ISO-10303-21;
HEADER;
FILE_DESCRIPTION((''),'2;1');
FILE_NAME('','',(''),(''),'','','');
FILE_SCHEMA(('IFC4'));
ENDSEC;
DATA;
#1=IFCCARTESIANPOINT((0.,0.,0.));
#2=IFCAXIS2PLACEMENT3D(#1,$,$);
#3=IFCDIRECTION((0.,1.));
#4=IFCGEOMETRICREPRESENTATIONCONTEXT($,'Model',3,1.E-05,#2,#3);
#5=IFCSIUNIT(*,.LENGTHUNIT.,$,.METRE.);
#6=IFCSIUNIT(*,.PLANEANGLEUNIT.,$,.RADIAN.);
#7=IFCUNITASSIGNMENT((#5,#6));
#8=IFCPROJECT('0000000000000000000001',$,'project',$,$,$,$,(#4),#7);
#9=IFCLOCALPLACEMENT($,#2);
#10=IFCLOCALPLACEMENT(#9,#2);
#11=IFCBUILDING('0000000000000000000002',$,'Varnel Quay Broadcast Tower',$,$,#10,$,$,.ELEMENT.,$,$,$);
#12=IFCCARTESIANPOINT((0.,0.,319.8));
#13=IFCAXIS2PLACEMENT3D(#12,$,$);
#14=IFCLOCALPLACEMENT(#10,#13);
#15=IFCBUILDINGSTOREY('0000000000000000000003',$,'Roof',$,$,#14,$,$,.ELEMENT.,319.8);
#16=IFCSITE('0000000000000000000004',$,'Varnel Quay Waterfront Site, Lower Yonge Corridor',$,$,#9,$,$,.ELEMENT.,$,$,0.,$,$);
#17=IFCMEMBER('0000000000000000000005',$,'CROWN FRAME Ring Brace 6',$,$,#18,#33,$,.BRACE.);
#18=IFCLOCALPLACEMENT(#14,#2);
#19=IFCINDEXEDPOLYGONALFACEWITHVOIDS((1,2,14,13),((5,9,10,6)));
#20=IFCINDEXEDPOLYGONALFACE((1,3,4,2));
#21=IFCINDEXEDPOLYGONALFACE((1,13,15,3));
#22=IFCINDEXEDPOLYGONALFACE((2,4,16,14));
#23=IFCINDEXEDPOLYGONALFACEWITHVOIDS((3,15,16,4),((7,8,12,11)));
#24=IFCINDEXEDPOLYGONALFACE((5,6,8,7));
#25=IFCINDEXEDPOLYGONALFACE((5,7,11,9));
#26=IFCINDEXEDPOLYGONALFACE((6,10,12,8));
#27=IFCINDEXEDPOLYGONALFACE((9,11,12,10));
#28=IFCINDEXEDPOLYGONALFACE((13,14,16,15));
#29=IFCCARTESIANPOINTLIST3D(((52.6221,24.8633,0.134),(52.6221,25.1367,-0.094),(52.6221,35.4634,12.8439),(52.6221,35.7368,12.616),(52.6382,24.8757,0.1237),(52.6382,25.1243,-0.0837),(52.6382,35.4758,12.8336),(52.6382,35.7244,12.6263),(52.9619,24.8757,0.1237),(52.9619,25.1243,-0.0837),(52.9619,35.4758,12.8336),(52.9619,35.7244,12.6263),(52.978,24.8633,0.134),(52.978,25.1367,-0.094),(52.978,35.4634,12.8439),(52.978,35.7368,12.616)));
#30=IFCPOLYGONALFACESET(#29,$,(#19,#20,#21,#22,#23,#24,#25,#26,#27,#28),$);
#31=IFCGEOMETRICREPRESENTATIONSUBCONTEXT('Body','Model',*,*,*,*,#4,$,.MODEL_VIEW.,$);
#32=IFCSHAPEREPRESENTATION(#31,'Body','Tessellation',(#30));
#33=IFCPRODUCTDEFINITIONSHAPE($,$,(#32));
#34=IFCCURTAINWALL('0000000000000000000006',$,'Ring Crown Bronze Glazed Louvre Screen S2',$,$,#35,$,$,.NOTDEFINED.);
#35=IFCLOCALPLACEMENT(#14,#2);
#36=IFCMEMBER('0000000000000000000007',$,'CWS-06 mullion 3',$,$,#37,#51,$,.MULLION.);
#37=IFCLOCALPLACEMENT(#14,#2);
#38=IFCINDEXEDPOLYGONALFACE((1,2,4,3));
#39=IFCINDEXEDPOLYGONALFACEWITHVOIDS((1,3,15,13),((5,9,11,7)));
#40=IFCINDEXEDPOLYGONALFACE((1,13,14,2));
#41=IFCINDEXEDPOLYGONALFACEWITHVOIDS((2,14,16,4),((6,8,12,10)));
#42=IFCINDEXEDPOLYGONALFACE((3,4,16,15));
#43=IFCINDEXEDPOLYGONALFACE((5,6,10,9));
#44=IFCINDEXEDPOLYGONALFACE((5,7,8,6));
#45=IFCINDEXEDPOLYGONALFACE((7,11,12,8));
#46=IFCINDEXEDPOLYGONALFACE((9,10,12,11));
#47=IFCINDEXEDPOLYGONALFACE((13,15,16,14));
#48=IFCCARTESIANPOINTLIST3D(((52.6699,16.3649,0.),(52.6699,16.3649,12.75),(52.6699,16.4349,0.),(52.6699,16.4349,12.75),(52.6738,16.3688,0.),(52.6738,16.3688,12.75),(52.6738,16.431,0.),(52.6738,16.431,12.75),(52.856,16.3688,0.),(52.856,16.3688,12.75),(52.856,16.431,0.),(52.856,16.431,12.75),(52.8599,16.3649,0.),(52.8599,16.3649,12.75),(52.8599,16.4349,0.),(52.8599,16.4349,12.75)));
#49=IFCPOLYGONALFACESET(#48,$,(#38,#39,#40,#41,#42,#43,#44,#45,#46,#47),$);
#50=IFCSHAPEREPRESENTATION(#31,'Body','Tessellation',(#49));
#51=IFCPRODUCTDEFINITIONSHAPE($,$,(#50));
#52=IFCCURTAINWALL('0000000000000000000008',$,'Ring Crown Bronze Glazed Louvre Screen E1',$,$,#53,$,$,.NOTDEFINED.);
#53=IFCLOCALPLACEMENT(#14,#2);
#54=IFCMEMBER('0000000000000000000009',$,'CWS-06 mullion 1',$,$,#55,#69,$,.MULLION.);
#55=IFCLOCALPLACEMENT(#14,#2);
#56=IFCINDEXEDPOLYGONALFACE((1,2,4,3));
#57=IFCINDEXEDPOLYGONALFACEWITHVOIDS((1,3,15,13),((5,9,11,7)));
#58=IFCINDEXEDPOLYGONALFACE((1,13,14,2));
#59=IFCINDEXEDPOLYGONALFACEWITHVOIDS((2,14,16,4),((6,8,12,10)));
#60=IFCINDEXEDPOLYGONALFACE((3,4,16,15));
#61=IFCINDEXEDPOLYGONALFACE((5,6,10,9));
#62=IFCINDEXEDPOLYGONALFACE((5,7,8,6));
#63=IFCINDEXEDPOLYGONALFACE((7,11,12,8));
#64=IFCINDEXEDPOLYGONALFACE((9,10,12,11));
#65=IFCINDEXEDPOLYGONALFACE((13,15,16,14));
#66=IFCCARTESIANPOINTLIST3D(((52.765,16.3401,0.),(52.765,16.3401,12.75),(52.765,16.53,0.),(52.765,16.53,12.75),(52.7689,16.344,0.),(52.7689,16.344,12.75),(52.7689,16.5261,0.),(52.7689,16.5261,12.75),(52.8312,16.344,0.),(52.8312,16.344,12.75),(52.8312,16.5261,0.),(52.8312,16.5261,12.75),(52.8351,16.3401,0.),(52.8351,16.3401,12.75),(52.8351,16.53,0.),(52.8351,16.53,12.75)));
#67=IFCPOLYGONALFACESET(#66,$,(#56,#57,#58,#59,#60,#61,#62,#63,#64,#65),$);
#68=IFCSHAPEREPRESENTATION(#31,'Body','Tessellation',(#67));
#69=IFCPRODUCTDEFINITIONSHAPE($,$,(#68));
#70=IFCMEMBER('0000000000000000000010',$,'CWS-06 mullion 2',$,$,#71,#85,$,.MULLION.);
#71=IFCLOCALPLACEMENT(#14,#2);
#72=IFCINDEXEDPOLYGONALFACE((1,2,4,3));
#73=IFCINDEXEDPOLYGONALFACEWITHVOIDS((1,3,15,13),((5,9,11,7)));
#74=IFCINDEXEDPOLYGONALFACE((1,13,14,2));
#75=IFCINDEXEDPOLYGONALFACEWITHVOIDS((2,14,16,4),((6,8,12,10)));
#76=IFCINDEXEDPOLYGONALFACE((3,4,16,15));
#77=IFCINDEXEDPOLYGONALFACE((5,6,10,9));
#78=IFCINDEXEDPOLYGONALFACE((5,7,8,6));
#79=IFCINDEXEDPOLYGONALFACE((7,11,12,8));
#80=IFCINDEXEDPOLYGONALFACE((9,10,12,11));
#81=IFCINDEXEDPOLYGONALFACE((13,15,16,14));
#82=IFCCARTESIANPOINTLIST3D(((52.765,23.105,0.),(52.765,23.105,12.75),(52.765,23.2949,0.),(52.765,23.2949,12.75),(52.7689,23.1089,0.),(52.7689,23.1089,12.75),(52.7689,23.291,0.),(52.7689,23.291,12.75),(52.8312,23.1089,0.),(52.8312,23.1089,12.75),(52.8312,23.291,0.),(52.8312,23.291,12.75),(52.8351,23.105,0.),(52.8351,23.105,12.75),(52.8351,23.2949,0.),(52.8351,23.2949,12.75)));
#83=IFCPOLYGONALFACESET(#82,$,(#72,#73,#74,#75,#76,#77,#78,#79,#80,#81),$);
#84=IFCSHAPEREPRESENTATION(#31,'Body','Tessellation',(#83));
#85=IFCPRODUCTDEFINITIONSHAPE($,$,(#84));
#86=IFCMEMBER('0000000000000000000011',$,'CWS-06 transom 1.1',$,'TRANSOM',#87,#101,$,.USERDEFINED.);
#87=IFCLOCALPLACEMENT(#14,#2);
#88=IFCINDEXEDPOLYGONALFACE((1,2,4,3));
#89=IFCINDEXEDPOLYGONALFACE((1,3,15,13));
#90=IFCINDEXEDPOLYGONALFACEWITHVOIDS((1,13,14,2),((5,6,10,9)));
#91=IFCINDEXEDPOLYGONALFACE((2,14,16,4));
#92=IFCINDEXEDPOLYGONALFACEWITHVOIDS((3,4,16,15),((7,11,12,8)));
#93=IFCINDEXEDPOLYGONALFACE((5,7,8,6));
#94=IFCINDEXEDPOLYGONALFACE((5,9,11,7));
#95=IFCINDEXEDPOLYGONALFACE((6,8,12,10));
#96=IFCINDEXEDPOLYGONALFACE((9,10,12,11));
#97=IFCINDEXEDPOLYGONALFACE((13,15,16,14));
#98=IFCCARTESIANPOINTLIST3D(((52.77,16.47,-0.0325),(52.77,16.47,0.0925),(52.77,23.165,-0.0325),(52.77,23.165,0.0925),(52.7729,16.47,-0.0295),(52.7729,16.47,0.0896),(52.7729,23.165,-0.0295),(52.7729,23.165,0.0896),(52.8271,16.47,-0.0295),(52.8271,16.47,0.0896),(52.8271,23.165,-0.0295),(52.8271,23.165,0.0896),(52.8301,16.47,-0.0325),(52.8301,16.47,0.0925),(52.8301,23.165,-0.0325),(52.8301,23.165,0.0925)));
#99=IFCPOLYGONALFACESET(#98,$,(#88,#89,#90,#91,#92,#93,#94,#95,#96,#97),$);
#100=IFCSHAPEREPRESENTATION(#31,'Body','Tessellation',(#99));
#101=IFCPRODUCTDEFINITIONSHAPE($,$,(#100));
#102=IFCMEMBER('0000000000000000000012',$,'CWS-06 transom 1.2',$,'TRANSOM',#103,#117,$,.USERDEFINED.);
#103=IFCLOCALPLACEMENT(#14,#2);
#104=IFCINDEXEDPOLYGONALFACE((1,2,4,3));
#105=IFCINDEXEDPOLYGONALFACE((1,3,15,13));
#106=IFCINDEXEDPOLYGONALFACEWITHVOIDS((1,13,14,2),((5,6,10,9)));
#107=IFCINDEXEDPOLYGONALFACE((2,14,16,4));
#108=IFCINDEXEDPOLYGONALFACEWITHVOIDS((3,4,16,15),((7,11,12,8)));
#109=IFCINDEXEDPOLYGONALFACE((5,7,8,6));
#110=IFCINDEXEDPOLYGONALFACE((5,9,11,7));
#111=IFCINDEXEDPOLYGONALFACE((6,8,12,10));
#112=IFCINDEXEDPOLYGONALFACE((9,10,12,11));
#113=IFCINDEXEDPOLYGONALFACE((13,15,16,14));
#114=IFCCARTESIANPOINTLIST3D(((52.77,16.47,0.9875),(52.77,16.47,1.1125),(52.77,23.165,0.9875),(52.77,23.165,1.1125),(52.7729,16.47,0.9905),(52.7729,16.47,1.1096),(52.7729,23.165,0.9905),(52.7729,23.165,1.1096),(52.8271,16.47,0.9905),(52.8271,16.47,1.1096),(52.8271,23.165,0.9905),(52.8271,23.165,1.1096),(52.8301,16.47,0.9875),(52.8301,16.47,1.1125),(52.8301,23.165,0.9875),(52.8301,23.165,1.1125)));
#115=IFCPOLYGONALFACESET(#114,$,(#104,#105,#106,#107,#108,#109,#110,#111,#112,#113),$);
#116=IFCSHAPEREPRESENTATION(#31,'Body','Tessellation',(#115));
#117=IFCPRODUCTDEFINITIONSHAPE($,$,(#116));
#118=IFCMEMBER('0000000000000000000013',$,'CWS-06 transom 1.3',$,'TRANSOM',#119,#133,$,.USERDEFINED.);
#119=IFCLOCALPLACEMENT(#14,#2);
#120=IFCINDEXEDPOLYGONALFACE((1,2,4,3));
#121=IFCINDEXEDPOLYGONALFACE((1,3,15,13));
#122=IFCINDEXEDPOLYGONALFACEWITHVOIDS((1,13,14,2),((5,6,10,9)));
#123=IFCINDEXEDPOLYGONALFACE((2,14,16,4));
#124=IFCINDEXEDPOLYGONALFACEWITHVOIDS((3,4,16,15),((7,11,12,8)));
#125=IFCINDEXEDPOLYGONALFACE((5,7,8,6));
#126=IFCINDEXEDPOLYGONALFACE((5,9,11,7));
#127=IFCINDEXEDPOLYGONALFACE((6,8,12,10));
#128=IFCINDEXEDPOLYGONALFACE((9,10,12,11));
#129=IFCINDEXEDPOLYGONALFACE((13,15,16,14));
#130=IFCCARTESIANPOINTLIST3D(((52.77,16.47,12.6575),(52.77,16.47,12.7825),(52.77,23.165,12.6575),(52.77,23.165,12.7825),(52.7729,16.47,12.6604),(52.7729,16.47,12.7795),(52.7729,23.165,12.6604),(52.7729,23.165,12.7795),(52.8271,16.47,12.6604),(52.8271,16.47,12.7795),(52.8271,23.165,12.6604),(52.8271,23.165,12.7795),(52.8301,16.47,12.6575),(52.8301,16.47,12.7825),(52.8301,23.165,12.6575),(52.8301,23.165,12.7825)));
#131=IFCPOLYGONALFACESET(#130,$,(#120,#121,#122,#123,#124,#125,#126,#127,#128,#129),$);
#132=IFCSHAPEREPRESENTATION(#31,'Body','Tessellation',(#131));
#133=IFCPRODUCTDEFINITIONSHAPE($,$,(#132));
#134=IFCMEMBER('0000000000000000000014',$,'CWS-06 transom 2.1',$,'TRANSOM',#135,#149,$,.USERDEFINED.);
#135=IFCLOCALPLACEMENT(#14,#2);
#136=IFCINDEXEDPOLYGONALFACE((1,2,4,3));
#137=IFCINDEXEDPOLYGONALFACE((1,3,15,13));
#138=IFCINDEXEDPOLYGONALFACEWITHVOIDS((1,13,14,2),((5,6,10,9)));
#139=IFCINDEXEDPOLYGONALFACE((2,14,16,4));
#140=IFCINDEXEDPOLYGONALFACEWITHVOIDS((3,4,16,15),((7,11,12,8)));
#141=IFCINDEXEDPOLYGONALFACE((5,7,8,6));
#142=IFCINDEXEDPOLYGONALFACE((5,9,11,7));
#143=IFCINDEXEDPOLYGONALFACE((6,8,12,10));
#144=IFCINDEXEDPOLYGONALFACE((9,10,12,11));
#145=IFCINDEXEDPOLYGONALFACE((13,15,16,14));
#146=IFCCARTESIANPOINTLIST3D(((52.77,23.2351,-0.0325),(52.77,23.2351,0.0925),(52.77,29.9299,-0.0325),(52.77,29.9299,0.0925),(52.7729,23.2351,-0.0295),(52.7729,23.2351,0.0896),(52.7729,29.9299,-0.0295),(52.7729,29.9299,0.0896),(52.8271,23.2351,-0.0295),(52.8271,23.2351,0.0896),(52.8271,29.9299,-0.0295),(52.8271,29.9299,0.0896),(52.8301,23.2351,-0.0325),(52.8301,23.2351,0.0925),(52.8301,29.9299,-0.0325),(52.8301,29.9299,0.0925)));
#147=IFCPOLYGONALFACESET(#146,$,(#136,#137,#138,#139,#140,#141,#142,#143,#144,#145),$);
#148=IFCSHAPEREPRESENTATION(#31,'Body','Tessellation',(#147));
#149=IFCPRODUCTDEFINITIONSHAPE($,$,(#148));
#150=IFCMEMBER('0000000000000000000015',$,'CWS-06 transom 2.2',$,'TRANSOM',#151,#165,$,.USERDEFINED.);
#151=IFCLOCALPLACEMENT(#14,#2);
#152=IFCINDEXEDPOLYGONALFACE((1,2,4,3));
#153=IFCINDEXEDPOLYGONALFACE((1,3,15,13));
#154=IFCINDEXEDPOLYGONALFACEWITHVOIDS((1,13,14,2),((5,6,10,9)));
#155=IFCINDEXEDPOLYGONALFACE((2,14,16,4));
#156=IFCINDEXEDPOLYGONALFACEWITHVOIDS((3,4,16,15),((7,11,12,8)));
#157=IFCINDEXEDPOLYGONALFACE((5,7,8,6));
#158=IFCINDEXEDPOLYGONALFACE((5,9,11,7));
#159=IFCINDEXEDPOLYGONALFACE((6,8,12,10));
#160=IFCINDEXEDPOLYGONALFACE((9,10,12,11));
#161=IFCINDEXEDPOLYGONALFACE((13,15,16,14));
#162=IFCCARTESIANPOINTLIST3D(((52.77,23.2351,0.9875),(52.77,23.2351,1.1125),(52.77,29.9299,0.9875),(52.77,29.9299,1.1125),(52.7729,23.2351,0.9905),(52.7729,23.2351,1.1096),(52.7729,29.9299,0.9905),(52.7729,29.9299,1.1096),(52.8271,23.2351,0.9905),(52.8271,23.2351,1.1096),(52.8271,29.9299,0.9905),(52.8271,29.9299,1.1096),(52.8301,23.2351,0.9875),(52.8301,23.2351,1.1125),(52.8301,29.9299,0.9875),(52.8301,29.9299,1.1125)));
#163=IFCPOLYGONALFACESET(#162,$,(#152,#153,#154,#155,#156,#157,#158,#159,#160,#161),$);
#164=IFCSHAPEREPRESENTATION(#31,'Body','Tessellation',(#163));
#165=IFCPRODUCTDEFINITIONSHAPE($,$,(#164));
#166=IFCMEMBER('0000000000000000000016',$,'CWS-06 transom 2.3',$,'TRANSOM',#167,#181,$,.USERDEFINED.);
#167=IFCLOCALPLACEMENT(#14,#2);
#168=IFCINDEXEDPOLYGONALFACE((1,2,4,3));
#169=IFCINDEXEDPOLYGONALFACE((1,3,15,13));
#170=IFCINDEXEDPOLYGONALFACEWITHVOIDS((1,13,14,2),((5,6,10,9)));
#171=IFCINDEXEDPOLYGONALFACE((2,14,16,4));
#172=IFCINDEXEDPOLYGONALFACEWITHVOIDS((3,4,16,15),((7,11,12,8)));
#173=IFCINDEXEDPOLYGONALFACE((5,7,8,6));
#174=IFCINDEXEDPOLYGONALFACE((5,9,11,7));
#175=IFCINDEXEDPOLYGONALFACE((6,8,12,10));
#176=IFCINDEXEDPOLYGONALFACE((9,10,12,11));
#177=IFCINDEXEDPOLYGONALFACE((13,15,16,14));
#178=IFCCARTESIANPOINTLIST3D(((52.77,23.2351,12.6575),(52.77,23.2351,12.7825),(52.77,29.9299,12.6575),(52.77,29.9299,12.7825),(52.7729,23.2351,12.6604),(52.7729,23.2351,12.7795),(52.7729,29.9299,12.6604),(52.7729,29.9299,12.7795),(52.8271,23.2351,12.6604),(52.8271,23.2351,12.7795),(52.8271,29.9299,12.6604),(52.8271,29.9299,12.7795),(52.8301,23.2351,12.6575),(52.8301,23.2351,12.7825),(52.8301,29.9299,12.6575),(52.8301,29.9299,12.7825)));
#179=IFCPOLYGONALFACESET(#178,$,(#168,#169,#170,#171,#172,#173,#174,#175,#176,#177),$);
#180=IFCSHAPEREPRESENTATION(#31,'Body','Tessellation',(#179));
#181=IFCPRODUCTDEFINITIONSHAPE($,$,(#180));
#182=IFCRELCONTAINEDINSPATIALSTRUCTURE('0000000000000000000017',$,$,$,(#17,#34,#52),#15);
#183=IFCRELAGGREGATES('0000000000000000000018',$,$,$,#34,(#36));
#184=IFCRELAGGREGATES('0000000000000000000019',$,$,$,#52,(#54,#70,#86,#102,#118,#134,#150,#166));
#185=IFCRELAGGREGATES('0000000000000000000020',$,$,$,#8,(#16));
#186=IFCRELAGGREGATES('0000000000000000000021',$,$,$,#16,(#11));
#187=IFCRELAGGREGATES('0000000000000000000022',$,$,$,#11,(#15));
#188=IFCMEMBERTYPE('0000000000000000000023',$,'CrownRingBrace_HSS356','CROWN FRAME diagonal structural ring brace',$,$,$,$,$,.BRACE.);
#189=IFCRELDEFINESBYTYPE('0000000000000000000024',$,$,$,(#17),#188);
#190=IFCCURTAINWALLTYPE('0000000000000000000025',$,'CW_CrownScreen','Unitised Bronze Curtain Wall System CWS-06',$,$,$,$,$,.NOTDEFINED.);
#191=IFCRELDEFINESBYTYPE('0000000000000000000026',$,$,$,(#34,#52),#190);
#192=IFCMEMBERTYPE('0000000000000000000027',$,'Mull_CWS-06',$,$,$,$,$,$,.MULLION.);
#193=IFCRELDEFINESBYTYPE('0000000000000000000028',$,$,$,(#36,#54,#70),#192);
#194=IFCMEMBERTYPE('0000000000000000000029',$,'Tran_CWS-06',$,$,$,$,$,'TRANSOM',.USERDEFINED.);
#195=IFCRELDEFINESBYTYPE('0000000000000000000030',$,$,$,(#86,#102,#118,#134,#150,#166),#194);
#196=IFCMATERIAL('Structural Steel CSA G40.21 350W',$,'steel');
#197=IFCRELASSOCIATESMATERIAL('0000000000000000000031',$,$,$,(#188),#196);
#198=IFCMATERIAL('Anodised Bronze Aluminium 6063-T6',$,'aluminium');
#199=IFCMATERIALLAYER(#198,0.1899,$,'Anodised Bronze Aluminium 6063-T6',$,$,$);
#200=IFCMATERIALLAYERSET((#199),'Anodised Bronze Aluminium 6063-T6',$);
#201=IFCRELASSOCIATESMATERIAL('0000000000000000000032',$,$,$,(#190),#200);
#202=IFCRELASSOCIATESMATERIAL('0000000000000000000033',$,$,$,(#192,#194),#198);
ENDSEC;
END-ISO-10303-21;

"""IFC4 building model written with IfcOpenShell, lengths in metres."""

from ifc_helpers import new_model, si_unit, direction, frame, origin, origin_2d, place, context, subcontext, project, spatial, hollow_rectangle, extrude, source, transform, mapped, material, layer, layer_set, material_profile, profile_set, type_object, type_shapes, element, aggregate, save


model = new_model("IFC4")

# Units and contexts
model_context = context("Model", 3, precision=1e-05, world=origin(), true_north=direction((0.0, 1.0)))
body_context = subcontext(model_context, "Body", "Model", "MODEL_VIEW")
ifc_project = project(units=[si_unit("LENGTHUNIT", "METRE"), si_unit("PLANEANGLEUNIT", "RADIAN")], contexts=[model_context])

# Site, building, storey
site_placement = place(None, origin())
site = spatial("IfcSite", under=ifc_project, at=site_placement, Name="Varnel Quay Waterfront Site, Lower Yonge Corridor", CompositionType="ELEMENT", RefElevation=0.0)
building_placement = place(site_placement, origin())
building = spatial("IfcBuilding", under=site, at=building_placement, Name="Varnel Quay Broadcast Tower", CompositionType="ELEMENT")
storey_placement = place(building_placement, frame((0.0, 0.0, 319.8)))
storey = spatial("IfcBuildingStorey", under=building, at=storey_placement, Name="Roof", CompositionType="ELEMENT", Elevation=319.8)

# Member
ifc_material_1 = material(Name="Structural Steel CSA G40.21 350W", Category="steel")
ifc_material_profile_1 = material_profile(ifc_material_1, hollow_rectangle(XDim=0.356, YDim=0.356, WallThickness=0.0161, at=origin_2d()), Name="HSS356X356X16")
ifc_profile_set_1 = profile_set([ifc_material_profile_1], Name="Structural Steel CSA G40.21 350W")
member_type_1 = type_object("IfcMemberType", Name="CrownRingBrace_HSS356", Description="CROWN FRAME diagonal structural ring brace", PredefinedType="BRACE", material=ifc_profile_set_1)
shared_shape_1 = source(origin(), body_context, "Body", "SweptSolid", [
    extrude(hollow_rectangle(XDim=0.356, YDim=0.356, WallThickness=0.0161, at=origin_2d()), origin(), (0.0, 0.0, 1.0), 16.55),
])
type_shapes(member_type_1, [shared_shape_1])
member_1_placement = place(storey_placement, frame((52.8, 25.0, 0.02), z_axis=(0.0, 0.640486, 0.76797), x_axis=(-1.0, 0.0, 0.0)))
element("IfcMember", 1, at=member_1_placement, inside=storey, type_object=member_type_1, Name="CROWN FRAME Ring Brace 6", PredefinedType="BRACE", context=body_context, shape_type="MappedRepresentation", body=[
    mapped(shared_shape_1, transform((0.0, 0.0, 0.0), x_axis=(1.0, 0.0, 0.0), y_axis=(0.0, 1.0, 0.0), z_axis=(0.0, 0.0, 1.0), scale=1.0)),
])

# Curtain wall, member
ifc_material_2 = material(Name="Anodised Bronze Aluminium 6063-T6", Category="aluminium")
ifc_layer_1 = layer(ifc_material_2, 0.1899, Name="Anodised Bronze Aluminium 6063-T6")
ifc_layer_set_1 = layer_set([ifc_layer_1], Name="Anodised Bronze Aluminium 6063-T6")
curtain_wall_type = type_object("IfcCurtainWallType", Name="CW_CrownScreen", Description="Unitised Bronze Curtain Wall System CWS-06", PredefinedType="NOTDEFINED", material=ifc_layer_set_1)
curtain_wall_1_placement = place(storey_placement, origin())
curtain_wall_1 = element("IfcCurtainWall", 2, at=curtain_wall_1_placement, inside=storey, type_object=curtain_wall_type, Name="Ring Crown Bronze Glazed Louvre Screen S2", PredefinedType="NOTDEFINED")
ifc_material_profile_2 = material_profile(ifc_material_2, hollow_rectangle(XDim=0.0701, YDim=0.1899, WallThickness=0.0039, at=origin_2d()), Name="ALU70X190X4")
ifc_profile_set_2 = profile_set([ifc_material_profile_2], Name="Anodised Bronze Aluminium 6063-T6")
member_type_2 = type_object("IfcMemberType", Name="Mull_CWS-06", PredefinedType="MULLION", material=ifc_profile_set_2)
shared_shape_2 = source(origin(), body_context, "Body", "SweptSolid", [
    extrude(hollow_rectangle(XDim=0.0701, YDim=0.1899, WallThickness=0.0039, at=origin_2d()), origin(), (0.0, 0.0, 1.0), 12.75),
])
type_shapes(member_type_2, [shared_shape_2])
member_2_placement = place(storey_placement, frame((52.7649, 16.3999, 0.0), z_axis=(0.0, 0.0, 1.0), x_axis=(0.0, 1.0, 0.0)))
member_2 = element("IfcMember", 3, at=member_2_placement, type_object=member_type_2, Name="CWS-06 mullion 3", PredefinedType="MULLION", context=body_context, shape_type="MappedRepresentation", body=[
    mapped(shared_shape_2, transform((0.0, 0.0, 0.0), x_axis=(1.0, 0.0, 0.0), y_axis=(0.0, 1.0, 0.0), z_axis=(0.0, 0.0, 1.0), scale=1.0)),
])
aggregate(curtain_wall_1, [member_2])

# Curtain wall, members
curtain_wall_2_placement = place(storey_placement, origin())
curtain_wall_2 = element("IfcCurtainWall", 4, at=curtain_wall_2_placement, inside=storey, type_object=curtain_wall_type, Name="Ring Crown Bronze Glazed Louvre Screen E1", PredefinedType="NOTDEFINED")
member_3_placement = place(storey_placement, frame((52.8, 16.4351, 0.0), z_axis=(0.0, 0.0, 1.0), x_axis=(-1.0, 0.0, 0.0)))
member_3 = element("IfcMember", 5, at=member_3_placement, type_object=member_type_2, Name="CWS-06 mullion 1", PredefinedType="MULLION", context=body_context, shape_type="MappedRepresentation", body=[
    mapped(shared_shape_2, transform((0.0, 0.0, 0.0), x_axis=(1.0, 0.0, 0.0), y_axis=(0.0, 1.0, 0.0), z_axis=(0.0, 0.0, 1.0), scale=1.0)),
])
member_4_placement = place(storey_placement, frame((52.8, 23.2, 0.0), z_axis=(0.0, 0.0, 1.0), x_axis=(-1.0, 0.0, 0.0)))
member_4 = element("IfcMember", 6, at=member_4_placement, type_object=member_type_2, Name="CWS-06 mullion 2", PredefinedType="MULLION", context=body_context, shape_type="MappedRepresentation", body=[
    mapped(shared_shape_2, transform((0.0, 0.0, 0.0), x_axis=(1.0, 0.0, 0.0), y_axis=(0.0, 1.0, 0.0), z_axis=(0.0, 0.0, 1.0), scale=1.0)),
])
ifc_material_profile_3 = material_profile(ifc_material_2, hollow_rectangle(XDim=0.0601, YDim=0.125, WallThickness=0.0029, at=origin_2d()), Name="ALU60X125X3")
ifc_profile_set_3 = profile_set([ifc_material_profile_3], Name="Anodised Bronze Aluminium 6063-T6")
member_type_3 = type_object("IfcMemberType", Name="Tran_CWS-06", ElementType="TRANSOM", PredefinedType="USERDEFINED", material=ifc_profile_set_3)
shared_shape_3 = source(origin(), body_context, "Body", "SweptSolid", [
    extrude(hollow_rectangle(XDim=0.0601, YDim=0.125, WallThickness=0.0029, at=origin_2d()), origin(), (0.0, 0.0, 1.0), 6.6951),
])
member_5_placement = place(storey_placement, frame((52.8, 16.47, 0.03), z_axis=(0.0, 1.0, 0.0), x_axis=(-1.0, 0.0, 0.0)))
member_5 = element("IfcMember", 7, at=member_5_placement, type_object=member_type_3, Name="CWS-06 transom 1.1", ObjectType="TRANSOM", PredefinedType="USERDEFINED", context=body_context, shape_type="MappedRepresentation", body=[
    mapped(shared_shape_3, transform((0.0, 0.0, 0.0), x_axis=(1.0, 0.0, 0.0), y_axis=(0.0, 1.0, 0.0), z_axis=(0.0, 0.0, 1.0), scale=1.0)),
])
member_6_placement = place(storey_placement, frame((52.8, 16.47, 1.05), z_axis=(0.0, 1.0, 0.0), x_axis=(-1.0, 0.0, 0.0)))
member_6 = element("IfcMember", 8, at=member_6_placement, type_object=member_type_3, Name="CWS-06 transom 1.2", ObjectType="TRANSOM", PredefinedType="USERDEFINED", context=body_context, shape_type="MappedRepresentation", body=[
    mapped(shared_shape_3, transform((0.0, 0.0, 0.0), x_axis=(1.0, 0.0, 0.0), y_axis=(0.0, 1.0, 0.0), z_axis=(0.0, 0.0, 1.0), scale=1.0)),
])
member_7_placement = place(storey_placement, frame((52.8, 16.47, 12.72), z_axis=(0.0, 1.0, 0.0), x_axis=(-1.0, 0.0, 0.0)))
member_7 = element("IfcMember", 9, at=member_7_placement, type_object=member_type_3, Name="CWS-06 transom 1.3", ObjectType="TRANSOM", PredefinedType="USERDEFINED", context=body_context, shape_type="MappedRepresentation", body=[
    mapped(shared_shape_3, transform((0.0, 0.0, 0.0), x_axis=(1.0, 0.0, 0.0), y_axis=(0.0, 1.0, 0.0), z_axis=(0.0, 0.0, 1.0), scale=1.0)),
])
shared_shape_4 = source(origin(), body_context, "Body", "SweptSolid", [
    extrude(hollow_rectangle(XDim=0.0601, YDim=0.125, WallThickness=0.0029, at=origin_2d()), origin(), (0.0, 0.0, 1.0), 6.6948),
])
type_shapes(member_type_3, [shared_shape_3, shared_shape_4])
member_8_placement = place(storey_placement, frame((52.8, 23.2351, 0.03), z_axis=(0.0, 1.0, 0.0), x_axis=(-1.0, 0.0, 0.0)))
member_8 = element("IfcMember", 10, at=member_8_placement, type_object=member_type_3, Name="CWS-06 transom 2.1", ObjectType="TRANSOM", PredefinedType="USERDEFINED", context=body_context, shape_type="MappedRepresentation", body=[
    mapped(shared_shape_4, transform((0.0, 0.0, 0.0), x_axis=(1.0, 0.0, 0.0), y_axis=(0.0, 1.0, 0.0), z_axis=(0.0, 0.0, 1.0), scale=1.0)),
])
member_9_placement = place(storey_placement, frame((52.8, 23.2351, 1.05), z_axis=(0.0, 1.0, 0.0), x_axis=(-1.0, 0.0, 0.0)))
member_9 = element("IfcMember", 11, at=member_9_placement, type_object=member_type_3, Name="CWS-06 transom 2.2", ObjectType="TRANSOM", PredefinedType="USERDEFINED", context=body_context, shape_type="MappedRepresentation", body=[
    mapped(shared_shape_4, transform((0.0, 0.0, 0.0), x_axis=(1.0, 0.0, 0.0), y_axis=(0.0, 1.0, 0.0), z_axis=(0.0, 0.0, 1.0), scale=1.0)),
])
member_10_placement = place(storey_placement, frame((52.8, 23.2351, 12.72), z_axis=(0.0, 1.0, 0.0), x_axis=(-1.0, 0.0, 0.0)))
member_10 = element("IfcMember", 12, at=member_10_placement, type_object=member_type_3, Name="CWS-06 transom 2.3", ObjectType="TRANSOM", PredefinedType="USERDEFINED", context=body_context, shape_type="MappedRepresentation", body=[
    mapped(shared_shape_4, transform((0.0, 0.0, 0.0), x_axis=(1.0, 0.0, 0.0), y_axis=(0.0, 1.0, 0.0), z_axis=(0.0, 0.0, 1.0), scale=1.0)),
])

aggregate(curtain_wall_2, [member_3, member_4, member_5, member_6, member_7, member_8, member_9, member_10])

save(model, "model.ifc")
